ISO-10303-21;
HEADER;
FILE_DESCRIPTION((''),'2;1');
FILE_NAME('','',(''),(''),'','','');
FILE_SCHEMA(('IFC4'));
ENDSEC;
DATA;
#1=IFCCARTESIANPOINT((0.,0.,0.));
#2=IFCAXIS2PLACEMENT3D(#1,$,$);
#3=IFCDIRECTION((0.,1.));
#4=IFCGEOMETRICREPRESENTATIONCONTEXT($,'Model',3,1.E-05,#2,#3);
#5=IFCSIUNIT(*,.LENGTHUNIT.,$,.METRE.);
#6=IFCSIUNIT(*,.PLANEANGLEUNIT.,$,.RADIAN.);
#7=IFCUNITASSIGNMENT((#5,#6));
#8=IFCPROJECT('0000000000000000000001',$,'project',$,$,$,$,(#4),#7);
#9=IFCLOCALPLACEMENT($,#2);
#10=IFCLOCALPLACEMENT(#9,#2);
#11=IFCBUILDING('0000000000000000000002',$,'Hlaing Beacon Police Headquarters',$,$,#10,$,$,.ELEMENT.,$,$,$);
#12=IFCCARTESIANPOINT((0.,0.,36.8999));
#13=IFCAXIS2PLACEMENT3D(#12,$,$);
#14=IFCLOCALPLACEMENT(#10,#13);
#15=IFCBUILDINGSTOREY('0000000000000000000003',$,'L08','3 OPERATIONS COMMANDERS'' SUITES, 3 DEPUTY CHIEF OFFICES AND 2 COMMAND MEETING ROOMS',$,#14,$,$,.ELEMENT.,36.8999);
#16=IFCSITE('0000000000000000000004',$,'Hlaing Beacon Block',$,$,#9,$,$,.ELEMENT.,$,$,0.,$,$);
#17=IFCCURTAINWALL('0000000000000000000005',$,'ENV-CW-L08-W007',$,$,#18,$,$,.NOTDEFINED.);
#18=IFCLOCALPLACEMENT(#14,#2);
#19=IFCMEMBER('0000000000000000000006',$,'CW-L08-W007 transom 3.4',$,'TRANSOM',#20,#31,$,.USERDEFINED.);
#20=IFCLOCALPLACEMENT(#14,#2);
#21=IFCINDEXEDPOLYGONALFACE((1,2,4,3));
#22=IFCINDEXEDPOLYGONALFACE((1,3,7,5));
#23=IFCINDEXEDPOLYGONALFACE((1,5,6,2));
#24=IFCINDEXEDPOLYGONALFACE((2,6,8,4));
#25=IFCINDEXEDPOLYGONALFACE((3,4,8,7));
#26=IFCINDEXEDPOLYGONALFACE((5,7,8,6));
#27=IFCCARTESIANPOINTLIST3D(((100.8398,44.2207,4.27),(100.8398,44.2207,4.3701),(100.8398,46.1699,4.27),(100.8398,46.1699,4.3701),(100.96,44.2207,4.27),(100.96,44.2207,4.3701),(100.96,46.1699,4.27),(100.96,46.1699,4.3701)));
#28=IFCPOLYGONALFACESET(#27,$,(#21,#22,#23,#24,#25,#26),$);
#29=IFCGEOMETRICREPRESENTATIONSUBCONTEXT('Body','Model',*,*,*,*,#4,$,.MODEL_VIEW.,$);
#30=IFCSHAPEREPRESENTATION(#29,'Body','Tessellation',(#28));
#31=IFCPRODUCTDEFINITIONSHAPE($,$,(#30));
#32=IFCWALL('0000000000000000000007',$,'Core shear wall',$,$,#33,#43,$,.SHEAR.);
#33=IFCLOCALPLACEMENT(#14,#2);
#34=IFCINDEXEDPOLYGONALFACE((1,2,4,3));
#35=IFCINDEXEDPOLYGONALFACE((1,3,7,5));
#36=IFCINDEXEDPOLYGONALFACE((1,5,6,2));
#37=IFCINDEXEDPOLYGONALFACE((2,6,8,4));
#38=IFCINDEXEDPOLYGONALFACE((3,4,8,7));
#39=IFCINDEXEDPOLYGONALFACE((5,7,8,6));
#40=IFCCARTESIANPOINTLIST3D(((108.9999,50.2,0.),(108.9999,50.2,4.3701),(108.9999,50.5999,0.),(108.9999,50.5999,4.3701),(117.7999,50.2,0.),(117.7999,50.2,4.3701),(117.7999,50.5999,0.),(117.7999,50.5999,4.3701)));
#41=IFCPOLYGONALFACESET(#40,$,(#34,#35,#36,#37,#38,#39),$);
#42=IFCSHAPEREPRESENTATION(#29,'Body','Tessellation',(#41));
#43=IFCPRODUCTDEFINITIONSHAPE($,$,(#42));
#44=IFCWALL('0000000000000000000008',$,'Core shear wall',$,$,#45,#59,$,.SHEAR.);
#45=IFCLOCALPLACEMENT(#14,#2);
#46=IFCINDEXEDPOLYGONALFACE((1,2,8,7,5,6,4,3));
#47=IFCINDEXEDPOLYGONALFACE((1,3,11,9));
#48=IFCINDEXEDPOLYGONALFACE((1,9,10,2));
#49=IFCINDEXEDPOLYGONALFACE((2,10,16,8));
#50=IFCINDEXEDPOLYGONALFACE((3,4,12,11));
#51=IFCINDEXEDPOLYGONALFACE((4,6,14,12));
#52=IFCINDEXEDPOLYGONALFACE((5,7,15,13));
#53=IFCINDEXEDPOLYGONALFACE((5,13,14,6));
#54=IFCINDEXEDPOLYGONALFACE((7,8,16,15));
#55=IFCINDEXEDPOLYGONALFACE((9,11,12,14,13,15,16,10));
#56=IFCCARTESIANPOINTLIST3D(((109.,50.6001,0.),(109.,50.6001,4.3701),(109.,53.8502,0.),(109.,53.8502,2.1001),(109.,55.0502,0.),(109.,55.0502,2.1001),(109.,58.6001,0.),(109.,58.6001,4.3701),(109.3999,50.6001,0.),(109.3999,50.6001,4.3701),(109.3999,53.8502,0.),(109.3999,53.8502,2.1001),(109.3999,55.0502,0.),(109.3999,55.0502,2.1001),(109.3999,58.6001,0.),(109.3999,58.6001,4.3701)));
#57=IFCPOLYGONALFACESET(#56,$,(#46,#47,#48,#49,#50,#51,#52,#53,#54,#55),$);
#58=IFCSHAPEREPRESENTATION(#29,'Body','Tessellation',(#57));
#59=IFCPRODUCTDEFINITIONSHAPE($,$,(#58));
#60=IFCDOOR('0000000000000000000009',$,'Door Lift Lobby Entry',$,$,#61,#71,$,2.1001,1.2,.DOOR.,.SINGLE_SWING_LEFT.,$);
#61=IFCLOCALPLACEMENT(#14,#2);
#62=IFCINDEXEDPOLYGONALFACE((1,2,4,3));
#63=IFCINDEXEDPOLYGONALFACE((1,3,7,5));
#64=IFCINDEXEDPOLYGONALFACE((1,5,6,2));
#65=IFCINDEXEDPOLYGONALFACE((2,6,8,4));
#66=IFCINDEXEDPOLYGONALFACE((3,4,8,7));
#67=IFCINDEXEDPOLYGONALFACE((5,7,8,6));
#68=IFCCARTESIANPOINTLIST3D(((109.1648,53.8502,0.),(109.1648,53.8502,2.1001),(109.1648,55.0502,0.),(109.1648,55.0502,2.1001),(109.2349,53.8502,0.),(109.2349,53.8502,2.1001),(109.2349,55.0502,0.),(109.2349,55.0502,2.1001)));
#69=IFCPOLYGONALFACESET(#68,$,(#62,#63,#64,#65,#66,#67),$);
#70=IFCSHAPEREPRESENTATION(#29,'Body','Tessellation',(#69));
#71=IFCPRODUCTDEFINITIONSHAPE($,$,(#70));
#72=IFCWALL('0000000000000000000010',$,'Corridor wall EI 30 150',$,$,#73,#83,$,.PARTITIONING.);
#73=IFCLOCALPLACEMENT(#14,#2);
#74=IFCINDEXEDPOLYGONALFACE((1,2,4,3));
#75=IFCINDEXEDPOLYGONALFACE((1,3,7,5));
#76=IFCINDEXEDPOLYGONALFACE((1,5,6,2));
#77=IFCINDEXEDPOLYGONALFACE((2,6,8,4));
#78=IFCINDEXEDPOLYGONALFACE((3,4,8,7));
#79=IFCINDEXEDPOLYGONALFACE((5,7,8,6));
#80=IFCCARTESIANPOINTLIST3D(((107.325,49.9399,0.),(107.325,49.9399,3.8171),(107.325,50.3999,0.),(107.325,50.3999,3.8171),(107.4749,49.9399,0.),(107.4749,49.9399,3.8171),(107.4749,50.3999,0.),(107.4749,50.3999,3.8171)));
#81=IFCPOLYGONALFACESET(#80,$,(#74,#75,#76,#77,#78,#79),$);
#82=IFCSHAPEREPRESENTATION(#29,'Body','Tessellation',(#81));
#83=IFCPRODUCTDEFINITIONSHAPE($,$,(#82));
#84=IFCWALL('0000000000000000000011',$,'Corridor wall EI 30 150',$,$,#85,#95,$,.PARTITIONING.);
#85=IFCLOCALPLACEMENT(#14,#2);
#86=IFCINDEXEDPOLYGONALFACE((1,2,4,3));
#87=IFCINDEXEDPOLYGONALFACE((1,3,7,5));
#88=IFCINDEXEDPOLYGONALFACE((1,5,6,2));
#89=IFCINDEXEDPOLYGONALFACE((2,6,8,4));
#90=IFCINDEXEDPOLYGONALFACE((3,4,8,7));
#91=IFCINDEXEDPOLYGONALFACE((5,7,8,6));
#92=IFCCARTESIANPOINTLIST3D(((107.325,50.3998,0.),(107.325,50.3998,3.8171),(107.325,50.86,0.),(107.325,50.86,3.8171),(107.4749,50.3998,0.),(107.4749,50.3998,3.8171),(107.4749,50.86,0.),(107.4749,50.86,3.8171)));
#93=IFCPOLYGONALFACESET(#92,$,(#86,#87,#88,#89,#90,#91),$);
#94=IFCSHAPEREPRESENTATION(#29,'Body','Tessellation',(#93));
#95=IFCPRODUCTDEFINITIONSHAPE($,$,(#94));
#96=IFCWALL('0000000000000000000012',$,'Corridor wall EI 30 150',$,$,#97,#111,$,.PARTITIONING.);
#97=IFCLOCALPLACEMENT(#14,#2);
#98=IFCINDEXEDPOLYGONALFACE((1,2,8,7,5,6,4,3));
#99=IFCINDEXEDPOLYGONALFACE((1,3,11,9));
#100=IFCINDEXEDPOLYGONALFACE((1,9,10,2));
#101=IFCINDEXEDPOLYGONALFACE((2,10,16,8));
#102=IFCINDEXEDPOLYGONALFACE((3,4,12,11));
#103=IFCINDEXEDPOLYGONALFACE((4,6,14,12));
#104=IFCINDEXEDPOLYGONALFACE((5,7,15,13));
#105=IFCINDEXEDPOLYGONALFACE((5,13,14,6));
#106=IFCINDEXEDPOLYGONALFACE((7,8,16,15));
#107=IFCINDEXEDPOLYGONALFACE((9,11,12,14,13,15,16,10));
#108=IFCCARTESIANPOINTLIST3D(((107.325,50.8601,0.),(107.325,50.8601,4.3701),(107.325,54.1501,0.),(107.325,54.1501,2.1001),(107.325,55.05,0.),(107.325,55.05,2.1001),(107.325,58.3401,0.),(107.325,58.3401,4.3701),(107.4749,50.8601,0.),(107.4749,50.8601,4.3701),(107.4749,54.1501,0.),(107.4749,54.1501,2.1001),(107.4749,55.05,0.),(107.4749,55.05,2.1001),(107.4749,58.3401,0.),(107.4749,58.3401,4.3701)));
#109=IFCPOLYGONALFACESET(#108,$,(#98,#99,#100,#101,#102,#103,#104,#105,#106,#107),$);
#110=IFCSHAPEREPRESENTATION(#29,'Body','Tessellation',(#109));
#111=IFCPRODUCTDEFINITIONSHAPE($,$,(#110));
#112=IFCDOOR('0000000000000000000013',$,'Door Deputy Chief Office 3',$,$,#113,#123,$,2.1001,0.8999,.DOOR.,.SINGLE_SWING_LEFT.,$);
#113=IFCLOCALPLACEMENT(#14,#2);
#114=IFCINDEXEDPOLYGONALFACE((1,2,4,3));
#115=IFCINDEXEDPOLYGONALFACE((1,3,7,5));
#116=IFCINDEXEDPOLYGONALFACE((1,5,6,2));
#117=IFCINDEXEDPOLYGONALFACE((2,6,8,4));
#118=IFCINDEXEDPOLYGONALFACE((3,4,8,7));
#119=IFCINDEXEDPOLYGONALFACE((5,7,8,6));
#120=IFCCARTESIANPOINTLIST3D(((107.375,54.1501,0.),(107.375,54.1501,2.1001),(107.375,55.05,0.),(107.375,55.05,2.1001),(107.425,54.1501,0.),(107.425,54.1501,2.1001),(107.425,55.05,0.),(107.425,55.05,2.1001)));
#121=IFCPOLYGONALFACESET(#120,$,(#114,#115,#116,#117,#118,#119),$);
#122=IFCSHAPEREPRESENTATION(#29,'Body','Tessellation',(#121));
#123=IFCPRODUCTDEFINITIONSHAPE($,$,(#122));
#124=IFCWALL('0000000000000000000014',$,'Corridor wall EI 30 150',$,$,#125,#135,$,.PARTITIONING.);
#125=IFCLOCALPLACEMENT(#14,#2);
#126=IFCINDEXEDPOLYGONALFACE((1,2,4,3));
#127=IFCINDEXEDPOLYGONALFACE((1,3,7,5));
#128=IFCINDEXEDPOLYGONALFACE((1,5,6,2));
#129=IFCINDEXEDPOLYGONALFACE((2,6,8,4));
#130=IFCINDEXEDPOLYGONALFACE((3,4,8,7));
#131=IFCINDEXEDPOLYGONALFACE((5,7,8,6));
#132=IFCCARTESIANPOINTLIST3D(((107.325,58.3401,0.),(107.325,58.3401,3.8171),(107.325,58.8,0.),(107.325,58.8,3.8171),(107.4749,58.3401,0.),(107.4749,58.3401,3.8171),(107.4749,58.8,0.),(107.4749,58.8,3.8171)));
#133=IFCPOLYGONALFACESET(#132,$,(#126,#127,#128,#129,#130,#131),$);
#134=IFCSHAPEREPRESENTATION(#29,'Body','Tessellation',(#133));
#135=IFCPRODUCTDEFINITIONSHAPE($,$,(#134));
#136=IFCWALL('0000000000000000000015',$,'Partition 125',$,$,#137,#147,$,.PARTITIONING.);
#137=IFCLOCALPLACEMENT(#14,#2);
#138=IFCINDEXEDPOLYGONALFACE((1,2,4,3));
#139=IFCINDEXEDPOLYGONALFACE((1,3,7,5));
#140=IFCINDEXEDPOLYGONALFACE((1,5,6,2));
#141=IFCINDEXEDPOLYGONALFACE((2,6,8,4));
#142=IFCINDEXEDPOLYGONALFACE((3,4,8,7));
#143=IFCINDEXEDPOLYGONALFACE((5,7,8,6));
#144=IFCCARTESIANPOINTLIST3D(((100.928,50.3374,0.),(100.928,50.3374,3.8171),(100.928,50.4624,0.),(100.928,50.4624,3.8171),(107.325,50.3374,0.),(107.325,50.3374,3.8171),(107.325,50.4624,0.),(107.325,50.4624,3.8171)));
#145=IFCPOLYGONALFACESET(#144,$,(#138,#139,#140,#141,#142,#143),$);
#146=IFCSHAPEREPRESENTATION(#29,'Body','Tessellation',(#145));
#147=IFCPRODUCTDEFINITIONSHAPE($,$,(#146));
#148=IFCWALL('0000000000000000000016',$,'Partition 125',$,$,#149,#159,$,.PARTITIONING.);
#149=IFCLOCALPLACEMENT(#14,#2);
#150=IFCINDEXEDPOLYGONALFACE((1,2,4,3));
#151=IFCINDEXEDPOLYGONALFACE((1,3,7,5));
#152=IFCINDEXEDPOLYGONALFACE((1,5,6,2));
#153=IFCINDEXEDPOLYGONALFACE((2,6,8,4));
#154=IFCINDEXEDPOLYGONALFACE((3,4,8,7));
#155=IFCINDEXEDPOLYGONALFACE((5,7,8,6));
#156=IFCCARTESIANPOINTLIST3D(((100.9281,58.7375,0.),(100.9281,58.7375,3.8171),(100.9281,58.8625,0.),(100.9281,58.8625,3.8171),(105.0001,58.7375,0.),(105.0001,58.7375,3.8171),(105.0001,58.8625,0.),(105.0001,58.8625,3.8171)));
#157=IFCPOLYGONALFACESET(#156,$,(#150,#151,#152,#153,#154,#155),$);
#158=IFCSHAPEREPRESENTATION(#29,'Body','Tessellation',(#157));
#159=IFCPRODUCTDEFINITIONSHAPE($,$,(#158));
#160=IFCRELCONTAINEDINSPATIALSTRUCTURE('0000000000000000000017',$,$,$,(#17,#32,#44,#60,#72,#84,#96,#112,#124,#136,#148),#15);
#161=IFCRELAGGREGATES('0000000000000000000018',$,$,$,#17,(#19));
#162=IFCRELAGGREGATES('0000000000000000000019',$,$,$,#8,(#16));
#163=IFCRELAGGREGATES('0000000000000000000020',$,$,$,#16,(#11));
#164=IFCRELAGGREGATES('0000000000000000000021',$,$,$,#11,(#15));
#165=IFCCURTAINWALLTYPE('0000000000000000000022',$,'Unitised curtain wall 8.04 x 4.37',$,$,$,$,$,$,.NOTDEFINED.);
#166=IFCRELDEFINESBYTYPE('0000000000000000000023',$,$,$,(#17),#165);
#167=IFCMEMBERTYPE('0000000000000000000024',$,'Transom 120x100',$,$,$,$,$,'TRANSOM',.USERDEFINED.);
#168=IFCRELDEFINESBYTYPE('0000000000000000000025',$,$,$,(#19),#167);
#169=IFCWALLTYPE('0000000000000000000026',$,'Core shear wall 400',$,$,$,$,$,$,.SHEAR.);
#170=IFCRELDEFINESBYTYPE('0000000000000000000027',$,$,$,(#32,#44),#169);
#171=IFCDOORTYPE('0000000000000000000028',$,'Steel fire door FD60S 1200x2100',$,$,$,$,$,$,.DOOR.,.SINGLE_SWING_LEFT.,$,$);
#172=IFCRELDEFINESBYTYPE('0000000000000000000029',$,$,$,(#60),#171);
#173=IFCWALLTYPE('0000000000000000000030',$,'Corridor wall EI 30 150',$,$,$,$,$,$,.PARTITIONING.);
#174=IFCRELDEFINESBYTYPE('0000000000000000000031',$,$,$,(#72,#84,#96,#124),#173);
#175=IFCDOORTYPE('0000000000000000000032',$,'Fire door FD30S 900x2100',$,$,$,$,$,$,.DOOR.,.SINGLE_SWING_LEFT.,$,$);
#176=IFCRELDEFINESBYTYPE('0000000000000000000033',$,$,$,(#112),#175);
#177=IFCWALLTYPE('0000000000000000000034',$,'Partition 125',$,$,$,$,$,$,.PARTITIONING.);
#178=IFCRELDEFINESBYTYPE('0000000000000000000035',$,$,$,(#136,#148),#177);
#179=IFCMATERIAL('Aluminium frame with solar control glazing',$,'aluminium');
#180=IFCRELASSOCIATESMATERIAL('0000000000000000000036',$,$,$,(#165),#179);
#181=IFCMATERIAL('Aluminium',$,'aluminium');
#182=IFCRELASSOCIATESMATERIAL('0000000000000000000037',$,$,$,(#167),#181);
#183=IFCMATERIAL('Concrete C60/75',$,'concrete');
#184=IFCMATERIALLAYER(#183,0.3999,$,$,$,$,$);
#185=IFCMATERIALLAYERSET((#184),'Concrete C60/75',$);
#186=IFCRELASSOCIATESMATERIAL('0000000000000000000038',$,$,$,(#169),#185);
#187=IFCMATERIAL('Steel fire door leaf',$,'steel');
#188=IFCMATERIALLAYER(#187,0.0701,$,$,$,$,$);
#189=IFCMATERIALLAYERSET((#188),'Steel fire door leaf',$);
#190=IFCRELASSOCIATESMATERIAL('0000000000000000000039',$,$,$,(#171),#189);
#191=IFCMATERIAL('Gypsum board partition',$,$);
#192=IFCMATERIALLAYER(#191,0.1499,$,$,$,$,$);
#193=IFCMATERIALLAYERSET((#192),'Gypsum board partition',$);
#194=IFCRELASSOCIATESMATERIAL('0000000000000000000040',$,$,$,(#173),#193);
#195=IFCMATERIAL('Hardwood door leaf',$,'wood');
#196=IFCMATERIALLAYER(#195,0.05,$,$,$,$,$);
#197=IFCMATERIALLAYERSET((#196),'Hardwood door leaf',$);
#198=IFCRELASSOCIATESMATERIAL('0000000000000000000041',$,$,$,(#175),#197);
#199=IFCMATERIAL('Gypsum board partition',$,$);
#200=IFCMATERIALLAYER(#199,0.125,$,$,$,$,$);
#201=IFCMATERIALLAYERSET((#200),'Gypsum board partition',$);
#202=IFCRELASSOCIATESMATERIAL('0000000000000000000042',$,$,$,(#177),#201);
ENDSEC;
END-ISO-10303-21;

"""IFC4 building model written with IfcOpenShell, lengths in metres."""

from ifc_helpers import new_model, si_unit, direction, frame, frame_2d, origin, origin_2d, place, context, subcontext, project, spatial, rectangle, extrude, material, layer, layer_set, material_profile, profile_set, type_object, element, fill, aggregate, save


model = new_model("IFC4")

# Units and contexts
model_context = context("Model", 3, precision=1e-05, world=origin(), true_north=direction((0.0, 1.0)))
body_context = subcontext(model_context, "Body", "Model", "MODEL_VIEW")
ifc_project = project(units=[si_unit("LENGTHUNIT", "METRE"), si_unit("PLANEANGLEUNIT", "RADIAN")], contexts=[model_context])

# Site, building, storey
site_placement = place(None, origin())
site = spatial("IfcSite", under=ifc_project, at=site_placement, Name="Hlaing Beacon Block", CompositionType="ELEMENT", RefElevation=0.0)
building_placement = place(site_placement, origin())
building = spatial("IfcBuilding", under=site, at=building_placement, Name="Hlaing Beacon Police Headquarters", CompositionType="ELEMENT")
storey_placement = place(building_placement, frame((0.0, 0.0, 36.8999)))
storey = spatial("IfcBuildingStorey", under=building, at=storey_placement, Name="L08", Description="3 OPERATIONS COMMANDERS' SUITES, 3 DEPUTY CHIEF OFFICES AND 2 COMMAND MEETING ROOMS", CompositionType="ELEMENT", Elevation=36.8999)

# Curtain wall
ifc_material_1 = material(Name="Aluminium frame with solar control glazing", Category="aluminium")
curtain_wall_type = type_object("IfcCurtainWallType", Name="Unitised curtain wall 8.04 x 4.37", PredefinedType="NOTDEFINED", material=ifc_material_1)
curtain_wall_placement = place(storey_placement, origin())
curtain_wall = element("IfcCurtainWall", 1, at=curtain_wall_placement, inside=storey, type_object=curtain_wall_type, Name="ENV-CW-L08-W007", PredefinedType="NOTDEFINED")

# Member
ifc_material_2 = material(Name="Aluminium", Category="aluminium")
ifc_material_profile_1 = material_profile(ifc_material_2, rectangle(XDim=0.1201, YDim=0.1001, at=origin_2d()), Name="Transom 120x100")
ifc_profile_set_1 = profile_set([ifc_material_profile_1], Name="Aluminium")
member_type_1 = type_object("IfcMemberType", Name="Transom 120x100", ElementType="TRANSOM", PredefinedType="USERDEFINED", material=ifc_profile_set_1)
member_1_placement = place(storey_placement, frame((100.8999, 46.1699, 4.3201), z_axis=(0.0, -1.0, 0.0), x_axis=(1.0, 0.0, 0.0)))
member_1 = element("IfcMember", 2, at=member_1_placement, type_object=member_type_1, Name="CW-L08-W007 transom 3.4", ObjectType="TRANSOM", PredefinedType="USERDEFINED", context=body_context, shape_type="SweptSolid", body=[
    extrude(rectangle(XDim=0.1201, YDim=0.1001, at=origin_2d()), origin(), (0.0, 0.0, 1.0), 1.9492),
])
aggregate(curtain_wall, [member_1])

# Wall
ifc_material_3 = material(Name="Concrete C60/75", Category="concrete")
ifc_layer_1 = layer(ifc_material_3, 0.3999)
ifc_layer_set_1 = layer_set([ifc_layer_1], Name="Concrete C60/75")
wall_type_1 = type_object("IfcWallType", Name="Core shear wall 400", PredefinedType="SHEAR", material=ifc_layer_set_1)
wall_1_placement = place(storey_placement, frame((109.0, 50.3999, 0.0), z_axis=(0.0, 0.0, 1.0), x_axis=(1.0, 0.0, 0.0)))
element("IfcWall", 3, at=wall_1_placement, inside=storey, type_object=wall_type_1, Name="Core shear wall", PredefinedType="SHEAR", context=body_context, shape_type="SweptSolid", body=[
    extrude(rectangle(XDim=8.8, YDim=0.3999, at=frame_2d((4.3999, 0.0))), origin(), (0.0, 0.0, 1.0), 4.3701),
])

# Wall, opening, door
wall_2_placement = place(storey_placement, frame((109.2, 50.6001, 0.0), z_axis=(0.0, 0.0, 1.0), x_axis=(0.0, 1.0, 0.0)))
wall_2 = element("IfcWall", 4, at=wall_2_placement, inside=storey, type_object=wall_type_1, Name="Core shear wall", PredefinedType="SHEAR", context=body_context, shape_type="SweptSolid", body=[
    extrude(rectangle(XDim=8.0, YDim=0.3999, at=frame_2d((4.0, 0.0))), origin(), (0.0, 0.0, 1.0), 4.3701),
])
opening_1_placement = place(wall_2_placement, frame((3.25, 0.0, 0.0)))
opening_1 = element("IfcOpeningElement", 5, at=opening_1_placement, cuts=wall_2, PredefinedType="OPENING", context=body_context, shape_type="SweptSolid", body=[
    extrude(rectangle(XDim=1.2, YDim=2.1001, at=frame_2d((0.6001, 1.05))), frame((0.0, 0.21, 0.0), z_axis=(0.0, -1.0, 0.0), x_axis=(1.0, 0.0, 0.0)), (0.0, 0.0, 1.0), 0.4199),
])
ifc_material_4 = material(Name="Steel fire door leaf", Category="steel")
ifc_layer_2 = layer(ifc_material_4, 0.0701)
ifc_layer_set_2 = layer_set([ifc_layer_2], Name="Steel fire door leaf")
door_type_1 = type_object("IfcDoorType", Name="Steel fire door FD60S 1200x2100", OperationType="SINGLE_SWING_LEFT", PredefinedType="DOOR", material=ifc_layer_set_2)
door_1_placement = place(opening_1_placement, frame((1.2, 0.0, 0.0), z_axis=(0.0, 0.0, 1.0), x_axis=(-1.0, 0.0, 0.0)))
door_1 = element("IfcDoor", 6, at=door_1_placement, inside=storey, type_object=door_type_1, Name="Door Lift Lobby Entry", OperationType="SINGLE_SWING_LEFT", OverallHeight=2.1001, OverallWidth=1.2, PredefinedType="DOOR", context=body_context, shape_type="SweptSolid", body=[
    extrude(rectangle(XDim=1.2, YDim=2.1001, at=frame_2d((0.5999, 1.05))), frame((0.0, 0.0349, 0.0), z_axis=(0.0, -1.0, 0.0), x_axis=(1.0, 0.0, 0.0)), (0.0, 0.0, 1.0), 0.0701),
])
fill(opening_1, door_1)

# Walls
ifc_material_5 = material(Name="Gypsum board partition")
ifc_layer_3 = layer(ifc_material_5, 0.1499)
ifc_layer_set_3 = layer_set([ifc_layer_3], Name="Gypsum board partition")
wall_type_2 = type_object("IfcWallType", Name="Corridor wall EI 30 150", PredefinedType="PARTITIONING", material=ifc_layer_set_3)
wall_3_placement = place(storey_placement, frame((107.3999, 49.9399, 0.0), z_axis=(0.0, 0.0, 1.0), x_axis=(0.0, 1.0, 0.0)))
element("IfcWall", 7, at=wall_3_placement, inside=storey, type_object=wall_type_2, Name="Corridor wall EI 30 150", PredefinedType="PARTITIONING", context=body_context, shape_type="SweptSolid", body=[
    extrude(rectangle(XDim=0.46, YDim=0.1499, at=frame_2d((0.23, 0.0))), origin(), (0.0, 0.0, 1.0), 3.8171),
])
wall_4_placement = place(storey_placement, frame((107.3999, 50.3999, 0.0), z_axis=(0.0, 0.0, 1.0), x_axis=(0.0, 1.0, 0.0)))
element("IfcWall", 8, at=wall_4_placement, inside=storey, type_object=wall_type_2, Name="Corridor wall EI 30 150", PredefinedType="PARTITIONING", context=body_context, shape_type="SweptSolid", body=[
    extrude(rectangle(XDim=0.4602, YDim=0.1499, at=frame_2d((0.23, 0.0))), origin(), (0.0, 0.0, 1.0), 3.8171),
])

# Wall, opening, door
wall_5_placement = place(storey_placement, frame((107.3999, 50.8601, 0.0), z_axis=(0.0, 0.0, 1.0), x_axis=(0.0, 1.0, 0.0)))
wall_5 = element("IfcWall", 9, at=wall_5_placement, inside=storey, type_object=wall_type_2, Name="Corridor wall EI 30 150", PredefinedType="PARTITIONING", context=body_context, shape_type="SweptSolid", body=[
    extrude(rectangle(XDim=7.48, YDim=0.1499, at=frame_2d((3.74, 0.0))), origin(), (0.0, 0.0, 1.0), 4.3701),
])
opening_2_placement = place(wall_5_placement, frame((3.29, 0.0, 0.0)))
opening_2 = element("IfcOpeningElement", 10, at=opening_2_placement, cuts=wall_5, PredefinedType="OPENING", context=body_context, shape_type="SweptSolid", body=[
    extrude(rectangle(XDim=0.8999, YDim=2.1001, at=frame_2d((0.45, 1.05))), frame((0.0, 0.085, 0.0), z_axis=(0.0, -1.0, 0.0), x_axis=(1.0, 0.0, 0.0)), (0.0, 0.0, 1.0), 0.1699),
])
ifc_material_6 = material(Name="Hardwood door leaf", Category="wood")
ifc_layer_4 = layer(ifc_material_6, 0.05)
ifc_layer_set_4 = layer_set([ifc_layer_4], Name="Hardwood door leaf")
door_type_2 = type_object("IfcDoorType", Name="Fire door FD30S 900x2100", OperationType="SINGLE_SWING_LEFT", PredefinedType="DOOR", material=ifc_layer_set_4)
door_2_placement = place(opening_2_placement, origin())
door_2 = element("IfcDoor", 11, at=door_2_placement, inside=storey, type_object=door_type_2, Name="Door Deputy Chief Office 3", OperationType="SINGLE_SWING_LEFT", OverallHeight=2.1001, OverallWidth=0.8999, PredefinedType="DOOR", context=body_context, shape_type="SweptSolid", body=[
    extrude(rectangle(XDim=0.8999, YDim=2.1001, at=frame_2d((0.45, 1.05))), frame((0.0, 0.0249, 0.0), z_axis=(0.0, -1.0, 0.0), x_axis=(1.0, 0.0, 0.0)), (0.0, 0.0, 1.0), 0.05),
])
fill(opening_2, door_2)

# Walls
wall_6_placement = place(storey_placement, frame((107.3999, 58.3401, 0.0), z_axis=(0.0, 0.0, 1.0), x_axis=(0.0, 1.0, 0.0)))
element("IfcWall", 12, at=wall_6_placement, inside=storey, type_object=wall_type_2, Name="Corridor wall EI 30 150", PredefinedType="PARTITIONING", context=body_context, shape_type="SweptSolid", body=[
    extrude(rectangle(XDim=0.46, YDim=0.1499, at=frame_2d((0.23, 0.0))), origin(), (0.0, 0.0, 1.0), 3.8171),
])
ifc_material_7 = material(Name="Gypsum board partition")
ifc_layer_5 = layer(ifc_material_7, 0.125)
ifc_layer_set_5 = layer_set([ifc_layer_5], Name="Gypsum board partition")
wall_type_3 = type_object("IfcWallType", Name="Partition 125", PredefinedType="PARTITIONING", material=ifc_layer_set_5)
wall_7_placement = place(storey_placement, frame((100.928, 50.3999, 0.0), z_axis=(0.0, 0.0, 1.0), x_axis=(1.0, 0.0, 0.0)))
element("IfcWall", 13, at=wall_7_placement, inside=storey, type_object=wall_type_3, Name="Partition 125", PredefinedType="PARTITIONING", context=body_context, shape_type="SweptSolid", body=[
    extrude(rectangle(XDim=6.397, YDim=0.125, at=frame_2d((3.1985, 0.0))), origin(), (0.0, 0.0, 1.0), 3.8171),
])
wall_8_placement = place(storey_placement, frame((100.928, 58.8, 0.0), z_axis=(0.0, 0.0, 1.0), x_axis=(1.0, 0.0, 0.0)))
element("IfcWall", 14, at=wall_8_placement, inside=storey, type_object=wall_type_3, Name="Partition 125", PredefinedType="PARTITIONING", context=body_context, shape_type="SweptSolid", body=[
    extrude(rectangle(XDim=4.072, YDim=0.125, at=frame_2d((2.0361, 0.0))), origin(), (0.0, 0.0, 1.0), 3.8171),
])

save(model, "model.ifc")
